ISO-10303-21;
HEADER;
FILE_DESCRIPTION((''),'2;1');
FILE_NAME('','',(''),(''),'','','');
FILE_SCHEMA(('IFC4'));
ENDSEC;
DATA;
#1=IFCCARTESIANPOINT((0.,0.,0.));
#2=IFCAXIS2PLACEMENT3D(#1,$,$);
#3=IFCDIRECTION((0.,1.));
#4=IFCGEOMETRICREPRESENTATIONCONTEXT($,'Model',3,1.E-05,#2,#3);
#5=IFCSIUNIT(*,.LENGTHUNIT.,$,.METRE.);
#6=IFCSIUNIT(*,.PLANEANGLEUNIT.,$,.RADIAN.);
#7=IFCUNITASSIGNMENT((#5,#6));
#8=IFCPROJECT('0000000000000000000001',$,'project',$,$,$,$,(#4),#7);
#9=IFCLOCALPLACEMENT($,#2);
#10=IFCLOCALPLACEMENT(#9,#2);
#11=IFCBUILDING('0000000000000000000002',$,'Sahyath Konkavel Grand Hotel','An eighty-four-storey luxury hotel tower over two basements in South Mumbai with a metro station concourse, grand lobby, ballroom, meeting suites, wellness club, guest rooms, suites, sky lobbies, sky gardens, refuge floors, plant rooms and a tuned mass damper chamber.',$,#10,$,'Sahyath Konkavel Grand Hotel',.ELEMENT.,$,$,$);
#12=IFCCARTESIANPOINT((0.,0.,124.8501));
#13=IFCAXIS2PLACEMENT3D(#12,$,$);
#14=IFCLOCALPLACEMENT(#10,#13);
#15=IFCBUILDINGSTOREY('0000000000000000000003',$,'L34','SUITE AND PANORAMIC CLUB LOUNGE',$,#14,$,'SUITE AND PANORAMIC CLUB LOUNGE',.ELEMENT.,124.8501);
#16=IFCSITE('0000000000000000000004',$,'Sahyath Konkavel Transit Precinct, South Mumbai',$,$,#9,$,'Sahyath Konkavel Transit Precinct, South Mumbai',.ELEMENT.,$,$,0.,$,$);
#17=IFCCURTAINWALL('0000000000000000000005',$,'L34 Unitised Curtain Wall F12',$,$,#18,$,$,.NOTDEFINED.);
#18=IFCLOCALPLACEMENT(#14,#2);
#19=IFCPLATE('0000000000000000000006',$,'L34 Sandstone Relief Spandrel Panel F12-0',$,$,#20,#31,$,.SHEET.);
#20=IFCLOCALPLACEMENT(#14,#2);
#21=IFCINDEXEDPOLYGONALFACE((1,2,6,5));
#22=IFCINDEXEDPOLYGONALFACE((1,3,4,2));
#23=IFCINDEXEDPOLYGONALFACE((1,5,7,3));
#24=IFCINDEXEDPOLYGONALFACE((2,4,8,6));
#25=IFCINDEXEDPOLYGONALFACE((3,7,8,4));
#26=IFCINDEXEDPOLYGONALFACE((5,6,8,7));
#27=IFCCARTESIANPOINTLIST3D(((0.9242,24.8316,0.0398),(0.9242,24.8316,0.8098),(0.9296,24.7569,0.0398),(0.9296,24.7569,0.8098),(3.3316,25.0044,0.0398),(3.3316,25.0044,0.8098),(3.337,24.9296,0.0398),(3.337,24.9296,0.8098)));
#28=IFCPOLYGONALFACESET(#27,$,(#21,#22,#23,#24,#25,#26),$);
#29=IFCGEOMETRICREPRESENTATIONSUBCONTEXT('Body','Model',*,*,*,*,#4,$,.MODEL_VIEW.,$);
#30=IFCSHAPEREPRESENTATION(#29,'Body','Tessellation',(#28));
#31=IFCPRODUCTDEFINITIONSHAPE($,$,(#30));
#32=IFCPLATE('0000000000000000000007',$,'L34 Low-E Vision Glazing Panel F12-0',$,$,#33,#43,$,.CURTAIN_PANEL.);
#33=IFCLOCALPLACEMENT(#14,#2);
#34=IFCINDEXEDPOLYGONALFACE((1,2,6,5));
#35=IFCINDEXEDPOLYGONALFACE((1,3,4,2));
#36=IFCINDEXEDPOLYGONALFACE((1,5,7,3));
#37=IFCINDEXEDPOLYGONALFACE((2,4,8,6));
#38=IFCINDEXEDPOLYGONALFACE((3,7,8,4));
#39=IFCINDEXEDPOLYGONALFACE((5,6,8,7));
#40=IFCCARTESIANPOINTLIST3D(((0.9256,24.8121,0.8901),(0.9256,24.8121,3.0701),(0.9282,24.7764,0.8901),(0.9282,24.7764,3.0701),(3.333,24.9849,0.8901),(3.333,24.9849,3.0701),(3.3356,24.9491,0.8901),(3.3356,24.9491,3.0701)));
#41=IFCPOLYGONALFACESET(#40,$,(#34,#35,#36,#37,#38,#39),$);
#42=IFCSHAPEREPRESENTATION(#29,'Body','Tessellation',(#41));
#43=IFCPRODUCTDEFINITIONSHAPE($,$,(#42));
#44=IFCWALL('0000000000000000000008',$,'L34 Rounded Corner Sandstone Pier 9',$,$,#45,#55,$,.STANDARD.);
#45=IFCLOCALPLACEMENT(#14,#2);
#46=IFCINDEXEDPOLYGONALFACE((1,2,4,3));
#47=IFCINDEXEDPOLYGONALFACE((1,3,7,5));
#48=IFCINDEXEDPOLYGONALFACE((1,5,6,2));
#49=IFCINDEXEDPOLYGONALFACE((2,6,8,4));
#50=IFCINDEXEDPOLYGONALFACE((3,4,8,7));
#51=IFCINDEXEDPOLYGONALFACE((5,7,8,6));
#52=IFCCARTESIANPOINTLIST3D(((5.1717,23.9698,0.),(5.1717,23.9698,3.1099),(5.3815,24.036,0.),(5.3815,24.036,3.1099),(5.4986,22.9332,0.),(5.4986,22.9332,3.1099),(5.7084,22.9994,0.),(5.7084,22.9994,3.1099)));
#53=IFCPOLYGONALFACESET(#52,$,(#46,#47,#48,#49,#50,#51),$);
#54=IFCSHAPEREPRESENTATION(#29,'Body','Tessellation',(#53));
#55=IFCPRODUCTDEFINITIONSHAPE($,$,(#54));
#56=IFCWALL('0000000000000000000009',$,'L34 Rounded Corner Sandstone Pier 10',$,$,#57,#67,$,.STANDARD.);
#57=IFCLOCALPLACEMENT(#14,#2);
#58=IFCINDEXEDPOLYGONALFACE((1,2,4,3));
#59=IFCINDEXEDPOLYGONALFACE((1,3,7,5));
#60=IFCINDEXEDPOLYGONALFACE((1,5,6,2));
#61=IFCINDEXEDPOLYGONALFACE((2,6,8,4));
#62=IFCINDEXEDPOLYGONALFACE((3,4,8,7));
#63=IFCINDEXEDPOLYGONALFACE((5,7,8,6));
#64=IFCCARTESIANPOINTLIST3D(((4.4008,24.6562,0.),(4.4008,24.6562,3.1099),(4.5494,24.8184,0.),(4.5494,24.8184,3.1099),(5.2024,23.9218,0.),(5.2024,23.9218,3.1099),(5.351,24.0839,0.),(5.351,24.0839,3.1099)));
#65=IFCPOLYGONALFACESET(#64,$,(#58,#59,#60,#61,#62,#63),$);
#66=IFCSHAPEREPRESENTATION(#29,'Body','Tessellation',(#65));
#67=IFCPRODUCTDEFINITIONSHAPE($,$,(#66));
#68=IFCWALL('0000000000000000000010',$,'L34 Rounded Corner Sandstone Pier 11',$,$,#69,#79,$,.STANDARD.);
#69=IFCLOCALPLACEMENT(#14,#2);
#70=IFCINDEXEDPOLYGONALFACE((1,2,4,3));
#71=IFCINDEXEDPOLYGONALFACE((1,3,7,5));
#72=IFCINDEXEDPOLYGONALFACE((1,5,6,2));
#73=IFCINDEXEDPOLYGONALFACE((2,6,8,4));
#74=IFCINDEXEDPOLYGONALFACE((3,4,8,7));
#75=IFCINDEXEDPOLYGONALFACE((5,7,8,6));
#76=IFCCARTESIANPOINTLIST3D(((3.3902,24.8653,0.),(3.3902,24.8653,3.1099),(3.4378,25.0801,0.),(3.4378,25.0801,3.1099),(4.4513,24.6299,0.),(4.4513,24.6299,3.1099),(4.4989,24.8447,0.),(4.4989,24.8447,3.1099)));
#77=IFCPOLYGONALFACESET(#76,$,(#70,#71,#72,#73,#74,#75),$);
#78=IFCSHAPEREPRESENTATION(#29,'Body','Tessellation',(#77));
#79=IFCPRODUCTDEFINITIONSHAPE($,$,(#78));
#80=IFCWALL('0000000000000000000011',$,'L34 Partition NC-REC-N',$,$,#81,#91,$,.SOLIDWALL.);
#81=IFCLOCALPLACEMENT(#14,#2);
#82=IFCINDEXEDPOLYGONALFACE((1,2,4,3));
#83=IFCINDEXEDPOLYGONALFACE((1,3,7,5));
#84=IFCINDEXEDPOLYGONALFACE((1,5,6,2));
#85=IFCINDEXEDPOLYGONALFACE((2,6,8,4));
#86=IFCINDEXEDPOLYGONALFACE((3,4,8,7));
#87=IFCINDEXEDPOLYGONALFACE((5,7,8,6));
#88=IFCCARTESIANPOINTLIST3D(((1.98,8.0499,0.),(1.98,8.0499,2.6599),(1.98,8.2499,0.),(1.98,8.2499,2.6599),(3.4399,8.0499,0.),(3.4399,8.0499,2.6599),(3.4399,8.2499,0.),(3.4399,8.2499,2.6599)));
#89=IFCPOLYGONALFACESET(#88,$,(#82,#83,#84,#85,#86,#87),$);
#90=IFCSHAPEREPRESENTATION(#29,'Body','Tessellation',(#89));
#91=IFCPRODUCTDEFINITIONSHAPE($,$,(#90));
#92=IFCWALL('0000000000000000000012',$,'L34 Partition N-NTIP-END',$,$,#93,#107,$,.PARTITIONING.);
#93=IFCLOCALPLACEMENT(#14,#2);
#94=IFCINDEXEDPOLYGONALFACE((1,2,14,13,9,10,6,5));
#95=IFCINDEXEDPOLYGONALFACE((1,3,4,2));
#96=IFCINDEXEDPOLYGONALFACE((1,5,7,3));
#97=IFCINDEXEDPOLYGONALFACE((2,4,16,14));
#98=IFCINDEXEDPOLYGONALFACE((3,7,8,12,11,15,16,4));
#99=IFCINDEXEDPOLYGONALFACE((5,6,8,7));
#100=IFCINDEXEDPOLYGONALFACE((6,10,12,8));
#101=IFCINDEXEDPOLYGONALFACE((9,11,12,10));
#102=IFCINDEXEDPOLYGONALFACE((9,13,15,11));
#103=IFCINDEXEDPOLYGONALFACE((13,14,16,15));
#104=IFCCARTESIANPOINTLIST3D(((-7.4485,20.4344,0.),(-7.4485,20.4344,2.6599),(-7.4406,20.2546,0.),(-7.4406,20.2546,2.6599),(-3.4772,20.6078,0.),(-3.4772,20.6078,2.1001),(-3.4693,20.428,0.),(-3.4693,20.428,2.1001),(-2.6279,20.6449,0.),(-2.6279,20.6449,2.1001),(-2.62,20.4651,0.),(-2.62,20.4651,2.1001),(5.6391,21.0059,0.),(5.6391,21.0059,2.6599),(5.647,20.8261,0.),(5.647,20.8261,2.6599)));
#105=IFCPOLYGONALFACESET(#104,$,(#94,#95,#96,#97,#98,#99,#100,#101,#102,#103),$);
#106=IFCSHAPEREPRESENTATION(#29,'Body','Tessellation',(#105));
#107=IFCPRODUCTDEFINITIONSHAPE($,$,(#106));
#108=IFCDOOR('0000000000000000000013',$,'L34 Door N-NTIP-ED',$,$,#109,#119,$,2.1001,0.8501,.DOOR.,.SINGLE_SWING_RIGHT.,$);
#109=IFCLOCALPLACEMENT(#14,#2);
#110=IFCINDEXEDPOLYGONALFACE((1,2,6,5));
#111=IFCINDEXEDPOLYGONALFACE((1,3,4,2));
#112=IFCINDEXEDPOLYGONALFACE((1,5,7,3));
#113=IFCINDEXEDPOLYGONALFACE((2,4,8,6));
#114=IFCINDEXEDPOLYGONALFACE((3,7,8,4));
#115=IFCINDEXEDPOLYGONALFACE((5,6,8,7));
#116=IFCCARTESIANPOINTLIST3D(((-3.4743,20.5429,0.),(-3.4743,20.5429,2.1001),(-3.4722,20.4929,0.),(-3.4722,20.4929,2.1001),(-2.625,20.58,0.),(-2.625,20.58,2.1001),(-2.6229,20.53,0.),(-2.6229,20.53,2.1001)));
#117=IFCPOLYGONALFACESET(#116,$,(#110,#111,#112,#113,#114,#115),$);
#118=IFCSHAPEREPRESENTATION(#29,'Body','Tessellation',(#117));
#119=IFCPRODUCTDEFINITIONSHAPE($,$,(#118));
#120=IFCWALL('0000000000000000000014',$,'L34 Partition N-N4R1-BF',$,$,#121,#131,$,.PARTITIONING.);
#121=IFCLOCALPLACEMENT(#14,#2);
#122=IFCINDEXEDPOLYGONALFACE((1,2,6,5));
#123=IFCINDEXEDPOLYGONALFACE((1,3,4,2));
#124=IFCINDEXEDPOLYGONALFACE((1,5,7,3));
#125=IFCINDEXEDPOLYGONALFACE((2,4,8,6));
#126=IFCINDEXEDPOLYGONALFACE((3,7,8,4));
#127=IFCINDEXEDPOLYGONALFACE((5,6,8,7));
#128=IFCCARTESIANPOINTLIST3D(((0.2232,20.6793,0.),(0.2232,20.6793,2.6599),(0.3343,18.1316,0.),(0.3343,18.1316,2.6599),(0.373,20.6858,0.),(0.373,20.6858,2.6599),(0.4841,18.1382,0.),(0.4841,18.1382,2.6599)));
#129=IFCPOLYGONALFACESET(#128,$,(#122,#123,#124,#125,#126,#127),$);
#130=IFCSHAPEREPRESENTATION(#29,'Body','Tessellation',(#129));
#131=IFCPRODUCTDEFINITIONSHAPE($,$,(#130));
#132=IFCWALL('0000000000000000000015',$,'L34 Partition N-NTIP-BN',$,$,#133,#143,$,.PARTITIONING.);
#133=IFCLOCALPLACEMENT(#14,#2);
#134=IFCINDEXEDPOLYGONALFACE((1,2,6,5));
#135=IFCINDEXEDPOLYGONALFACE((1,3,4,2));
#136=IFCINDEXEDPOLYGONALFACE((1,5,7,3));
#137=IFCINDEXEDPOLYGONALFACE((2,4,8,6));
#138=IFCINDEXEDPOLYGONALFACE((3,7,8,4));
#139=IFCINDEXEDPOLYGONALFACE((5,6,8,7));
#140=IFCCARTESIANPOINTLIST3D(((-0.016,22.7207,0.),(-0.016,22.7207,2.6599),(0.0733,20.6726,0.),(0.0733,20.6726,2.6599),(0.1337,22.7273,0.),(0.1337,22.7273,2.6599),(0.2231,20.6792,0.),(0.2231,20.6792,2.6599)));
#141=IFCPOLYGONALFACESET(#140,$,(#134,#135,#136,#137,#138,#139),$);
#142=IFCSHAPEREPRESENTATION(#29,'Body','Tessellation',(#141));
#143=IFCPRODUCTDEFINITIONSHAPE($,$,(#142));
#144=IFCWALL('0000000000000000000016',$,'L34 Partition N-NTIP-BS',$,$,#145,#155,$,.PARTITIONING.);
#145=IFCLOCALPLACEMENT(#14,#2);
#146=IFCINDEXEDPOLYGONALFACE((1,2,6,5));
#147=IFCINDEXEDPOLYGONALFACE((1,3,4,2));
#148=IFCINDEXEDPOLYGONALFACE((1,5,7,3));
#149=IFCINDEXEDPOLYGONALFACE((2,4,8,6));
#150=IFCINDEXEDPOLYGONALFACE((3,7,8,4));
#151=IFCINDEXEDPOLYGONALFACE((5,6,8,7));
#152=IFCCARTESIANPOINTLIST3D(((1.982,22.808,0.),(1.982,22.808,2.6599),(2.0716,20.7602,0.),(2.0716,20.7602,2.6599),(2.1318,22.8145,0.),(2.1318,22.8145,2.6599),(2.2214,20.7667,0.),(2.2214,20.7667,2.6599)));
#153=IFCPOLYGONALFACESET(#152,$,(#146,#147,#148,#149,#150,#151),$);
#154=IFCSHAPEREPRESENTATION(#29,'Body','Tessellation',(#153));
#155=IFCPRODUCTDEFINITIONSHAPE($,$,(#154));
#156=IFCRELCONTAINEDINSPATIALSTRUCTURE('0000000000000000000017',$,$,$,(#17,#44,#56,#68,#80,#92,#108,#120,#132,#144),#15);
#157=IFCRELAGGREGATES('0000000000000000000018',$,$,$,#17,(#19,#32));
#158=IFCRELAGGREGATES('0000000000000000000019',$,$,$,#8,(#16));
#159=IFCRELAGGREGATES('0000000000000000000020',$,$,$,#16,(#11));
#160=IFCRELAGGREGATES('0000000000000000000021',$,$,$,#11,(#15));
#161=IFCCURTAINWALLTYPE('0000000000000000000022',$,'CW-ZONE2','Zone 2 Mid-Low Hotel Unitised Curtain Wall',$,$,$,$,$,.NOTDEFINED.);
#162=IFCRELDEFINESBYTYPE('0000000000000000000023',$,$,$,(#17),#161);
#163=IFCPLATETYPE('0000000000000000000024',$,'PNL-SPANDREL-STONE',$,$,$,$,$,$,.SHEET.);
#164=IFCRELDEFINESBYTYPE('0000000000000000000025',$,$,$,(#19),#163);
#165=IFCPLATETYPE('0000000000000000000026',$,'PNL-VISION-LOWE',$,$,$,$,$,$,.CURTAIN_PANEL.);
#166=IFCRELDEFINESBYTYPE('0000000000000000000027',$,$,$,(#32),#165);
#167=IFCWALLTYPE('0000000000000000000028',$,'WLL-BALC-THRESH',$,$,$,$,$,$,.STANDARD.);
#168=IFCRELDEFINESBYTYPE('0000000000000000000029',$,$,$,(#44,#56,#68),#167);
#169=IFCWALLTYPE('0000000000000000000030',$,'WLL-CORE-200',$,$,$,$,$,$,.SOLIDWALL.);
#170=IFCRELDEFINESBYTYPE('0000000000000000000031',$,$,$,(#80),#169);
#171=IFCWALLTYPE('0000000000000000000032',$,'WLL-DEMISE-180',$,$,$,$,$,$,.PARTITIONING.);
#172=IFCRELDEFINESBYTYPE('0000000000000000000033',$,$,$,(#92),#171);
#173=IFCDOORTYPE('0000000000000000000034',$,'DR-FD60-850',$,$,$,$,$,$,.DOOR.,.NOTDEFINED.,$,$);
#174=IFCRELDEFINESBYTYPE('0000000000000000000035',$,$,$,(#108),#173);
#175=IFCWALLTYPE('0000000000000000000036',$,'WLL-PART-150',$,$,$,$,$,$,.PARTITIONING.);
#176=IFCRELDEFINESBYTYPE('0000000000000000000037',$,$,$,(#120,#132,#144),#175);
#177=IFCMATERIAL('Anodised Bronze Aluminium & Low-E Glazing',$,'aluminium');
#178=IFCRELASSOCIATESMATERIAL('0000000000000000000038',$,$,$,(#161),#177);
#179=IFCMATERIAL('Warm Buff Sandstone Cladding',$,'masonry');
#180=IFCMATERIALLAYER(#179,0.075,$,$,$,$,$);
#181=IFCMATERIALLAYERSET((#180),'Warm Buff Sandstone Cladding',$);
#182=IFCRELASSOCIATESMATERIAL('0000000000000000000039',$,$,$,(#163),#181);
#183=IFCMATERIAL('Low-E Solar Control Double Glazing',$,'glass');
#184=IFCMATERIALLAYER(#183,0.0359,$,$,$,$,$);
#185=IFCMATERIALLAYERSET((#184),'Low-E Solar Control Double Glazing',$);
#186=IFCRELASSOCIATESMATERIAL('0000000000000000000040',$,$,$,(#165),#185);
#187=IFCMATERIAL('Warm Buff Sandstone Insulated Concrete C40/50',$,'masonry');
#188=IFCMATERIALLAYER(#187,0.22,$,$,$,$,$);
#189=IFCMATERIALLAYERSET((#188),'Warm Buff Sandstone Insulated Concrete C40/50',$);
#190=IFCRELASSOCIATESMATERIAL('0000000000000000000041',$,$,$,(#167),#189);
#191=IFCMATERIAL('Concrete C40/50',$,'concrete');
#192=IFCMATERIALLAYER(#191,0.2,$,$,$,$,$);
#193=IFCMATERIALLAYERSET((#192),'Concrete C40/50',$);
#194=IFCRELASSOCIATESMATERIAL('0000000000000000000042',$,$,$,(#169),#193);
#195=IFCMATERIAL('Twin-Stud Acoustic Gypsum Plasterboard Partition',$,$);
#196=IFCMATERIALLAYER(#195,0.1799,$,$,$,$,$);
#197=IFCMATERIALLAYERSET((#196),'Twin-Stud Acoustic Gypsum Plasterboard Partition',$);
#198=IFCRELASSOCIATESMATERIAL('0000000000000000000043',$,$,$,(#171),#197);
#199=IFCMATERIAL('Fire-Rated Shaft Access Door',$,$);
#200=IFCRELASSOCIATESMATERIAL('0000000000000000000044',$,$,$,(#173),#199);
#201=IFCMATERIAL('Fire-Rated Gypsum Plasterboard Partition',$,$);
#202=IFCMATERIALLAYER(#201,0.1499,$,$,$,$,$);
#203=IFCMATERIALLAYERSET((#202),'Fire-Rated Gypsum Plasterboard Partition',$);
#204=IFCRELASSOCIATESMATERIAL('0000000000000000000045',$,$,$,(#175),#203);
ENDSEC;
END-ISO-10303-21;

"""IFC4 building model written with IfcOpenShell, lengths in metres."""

from ifc_helpers import new_model, si_unit, direction, frame, frame_2d, origin, origin_2d, place, context, subcontext, project, spatial, rectangle, extrude, source, transform, mapped, material, layer, layer_set, type_object, element, fill, aggregate, save


model = new_model("IFC4")

# Units and contexts
model_context = context("Model", 3, precision=1e-05, world=origin(), true_north=direction((0.0, 1.0)))
body_context = subcontext(model_context, "Body", "Model", "MODEL_VIEW")
ifc_project = project(units=[si_unit("LENGTHUNIT", "METRE"), si_unit("PLANEANGLEUNIT", "RADIAN")], contexts=[model_context])

# Site, building, storey
site_placement = place(None, origin())
site = spatial("IfcSite", under=ifc_project, at=site_placement, Name="Sahyath Konkavel Transit Precinct, South Mumbai", LongName="Sahyath Konkavel Transit Precinct, South Mumbai", CompositionType="ELEMENT", RefElevation=0.0)
building_placement = place(site_placement, origin())
building = spatial("IfcBuilding", under=site, at=building_placement, Name="Sahyath Konkavel Grand Hotel", Description="An eighty-four-storey luxury hotel tower over two basements in South Mumbai with a metro station concourse, grand lobby, ballroom, meeting suites, wellness club, guest rooms, suites, sky lobbies, sky gardens, refuge floors, plant rooms and a tuned mass damper chamber.", LongName="Sahyath Konkavel Grand Hotel", CompositionType="ELEMENT")
storey_placement = place(building_placement, frame((0.0, 0.0, 124.8501)))
storey = spatial("IfcBuildingStorey", under=building, at=storey_placement, Name="L34", Description="SUITE AND PANORAMIC CLUB LOUNGE", LongName="SUITE AND PANORAMIC CLUB LOUNGE", CompositionType="ELEMENT", Elevation=124.8501)

# Shared definitions
ifc_material_1 = material(Name="Anodised Bronze Aluminium & Low-E Glazing", Category="aluminium")
curtain_wall_type = type_object("IfcCurtainWallType", Name="CW-ZONE2", Description="Zone 2 Mid-Low Hotel Unitised Curtain Wall", PredefinedType="NOTDEFINED", material=ifc_material_1)

# Curtain wall, plates
curtain_wall_1_placement = place(storey_placement, origin())
curtain_wall_1 = element("IfcCurtainWall", 1, at=curtain_wall_1_placement, inside=storey, type_object=curtain_wall_type, Name="L34 Unitised Curtain Wall F12", PredefinedType="NOTDEFINED")
ifc_material_2 = material(Name="Warm Buff Sandstone Cladding", Category="masonry")
ifc_layer_1 = layer(ifc_material_2, 0.075)
ifc_layer_set_1 = layer_set([ifc_layer_1], Name="Warm Buff Sandstone Cladding")
plate_type_1 = type_object("IfcPlateType", Name="PNL-SPANDREL-STONE", PredefinedType="SHEET", material=ifc_layer_set_1)
shared_shape_1 = source(origin(), body_context, "Body", "SweptSolid", [
    extrude(rectangle(XDim=2.4136, YDim=0.075, at=origin_2d()), origin(), (0.0, 0.0, 1.0), 0.77),
])
plate_1_placement = place(storey_placement, frame((2.1306, 24.8806, 0.0398), z_axis=(0.0, 0.0, 1.0), x_axis=(-0.997436, -0.071567, 0.0)))
plate_1 = element("IfcPlate", 2, at=plate_1_placement, type_object=plate_type_1, Name="L34 Sandstone Relief Spandrel Panel F12-0", PredefinedType="SHEET", context=body_context, shape_type="MappedRepresentation", body=[
    mapped(shared_shape_1, transform((0.0, 0.0, 0.0), scale=1.0)),
])
ifc_material_3 = material(Name="Low-E Solar Control Double Glazing", Category="glass")
ifc_layer_2 = layer(ifc_material_3, 0.0359)
ifc_layer_set_2 = layer_set([ifc_layer_2], Name="Low-E Solar Control Double Glazing")
plate_type_2 = type_object("IfcPlateType", Name="PNL-VISION-LOWE", PredefinedType="CURTAIN_PANEL", material=ifc_layer_set_2)
shared_shape_2 = source(origin(), body_context, "Body", "SweptSolid", [
    extrude(rectangle(XDim=2.4136, YDim=0.0359, at=origin_2d()), origin(), (0.0, 0.0, 1.0), 2.1799),
])
plate_2_placement = place(storey_placement, frame((2.1306, 24.8806, 0.8901), z_axis=(0.0, 0.0, 1.0), x_axis=(-0.997436, -0.071567, 0.0)))
plate_2 = element("IfcPlate", 3, at=plate_2_placement, type_object=plate_type_2, Name="L34 Low-E Vision Glazing Panel F12-0", PredefinedType="CURTAIN_PANEL", context=body_context, shape_type="MappedRepresentation", body=[
    mapped(shared_shape_2, transform((0.0, 0.0, 0.0), scale=1.0)),
])
aggregate(curtain_wall_1, [plate_1, plate_2])

# Walls
ifc_material_4 = material(Name="Warm Buff Sandstone Insulated Concrete C40/50", Category="masonry")
ifc_layer_3 = layer(ifc_material_4, 0.22)
ifc_layer_set_3 = layer_set([ifc_layer_3], Name="Warm Buff Sandstone Insulated Concrete C40/50")
wall_type_1 = type_object("IfcWallType", Name="WLL-BALC-THRESH", PredefinedType="STANDARD", material=ifc_layer_set_3)
wall_1_placement = place(storey_placement, frame((5.6035, 22.9663, 0.0), z_axis=(0.0, 0.0, 1.0), x_axis=(-0.300755, 0.953701, 0.0)))
element("IfcWall", 4, at=wall_1_placement, inside=storey, type_object=wall_type_1, Name="L34 Rounded Corner Sandstone Pier 9", PredefinedType="STANDARD", context=body_context, shape_type="SweptSolid", body=[
    extrude(rectangle(XDim=1.0869, YDim=0.22, at=frame_2d((0.5435, 0.0))), origin(), (0.0, 0.0, 1.0), 3.1099),
])
wall_2_placement = place(storey_placement, frame((5.2766, 24.0029, 0.0), z_axis=(0.0, 0.0, 1.0), x_axis=(-0.737313, 0.675552, 0.0)))
element("IfcWall", 5, at=wall_2_placement, inside=storey, type_object=wall_type_1, Name="L34 Rounded Corner Sandstone Pier 10", PredefinedType="STANDARD", context=body_context, shape_type="SweptSolid", body=[
    extrude(rectangle(XDim=1.0872, YDim=0.22, at=frame_2d((0.5435, 0.0))), origin(), (0.0, 0.0, 1.0), 3.1099),
])
wall_3_placement = place(storey_placement, frame((4.4751, 24.7373, 0.0), z_axis=(0.0, 0.0, 1.0), x_axis=(-0.976272, 0.21655, 0.0)))
element("IfcWall", 6, at=wall_3_placement, inside=storey, type_object=wall_type_1, Name="L34 Rounded Corner Sandstone Pier 11", PredefinedType="STANDARD", context=body_context, shape_type="SweptSolid", body=[
    extrude(rectangle(XDim=1.0869, YDim=0.22, at=frame_2d((0.5435, 0.0))), origin(), (0.0, 0.0, 1.0), 3.1099),
])
ifc_material_5 = material(Name="Concrete C40/50", Category="concrete")
ifc_layer_4 = layer(ifc_material_5, 0.2)
ifc_layer_set_4 = layer_set([ifc_layer_4], Name="Concrete C40/50")
wall_type_2 = type_object("IfcWallType", Name="WLL-CORE-200", PredefinedType="SOLIDWALL", material=ifc_layer_set_4)
wall_4_placement = place(storey_placement, frame((1.98, 8.1499, 0.0), z_axis=(0.0, 0.0, 1.0), x_axis=(1.0, 0.0, 0.0)))
element("IfcWall", 7, at=wall_4_placement, inside=storey, type_object=wall_type_2, Name="L34 Partition NC-REC-N", PredefinedType="SOLIDWALL", context=body_context, shape_type="SweptSolid", body=[
    extrude(rectangle(XDim=1.46, YDim=0.2, at=frame_2d((0.73, 0.0))), origin(), (0.0, 0.0, 1.0), 2.6599),
])

# Wall, opening, door
ifc_material_6 = material(Name="Twin-Stud Acoustic Gypsum Plasterboard Partition")
ifc_layer_5 = layer(ifc_material_6, 0.1799)
ifc_layer_set_5 = layer_set([ifc_layer_5], Name="Twin-Stud Acoustic Gypsum Plasterboard Partition")
wall_type_3 = type_object("IfcWallType", Name="WLL-DEMISE-180", PredefinedType="PARTITIONING", material=ifc_layer_set_5)
wall_5_placement = place(storey_placement, frame((5.6431, 20.916, 0.0), z_axis=(0.0, 0.0, 1.0), x_axis=(-0.999048, -0.043628, 0.0)))
wall_5 = element("IfcWall", 8, at=wall_5_placement, inside=storey, type_object=wall_type_3, Name="L34 Partition N-NTIP-END", PredefinedType="PARTITIONING", context=body_context, shape_type="SweptSolid", body=[
    extrude(rectangle(XDim=13.1001, YDim=0.1799, at=frame_2d((6.55, 0.0))), origin(), (0.0, 0.0, 1.0), 2.6599),
])
opening_1_placement = place(wall_5_placement, frame((8.2749, 0.0, 0.0)))
opening_1 = element("IfcOpeningElement", 9, at=opening_1_placement, cuts=wall_5, PredefinedType="OPENING", context=body_context, shape_type="SweptSolid", body=[
    extrude(rectangle(XDim=0.8501, YDim=2.1001, at=frame_2d((0.425, 1.05))), frame((0.0, 0.1001, 0.0), z_axis=(0.0, -1.0, 0.0), x_axis=(1.0, 0.0, 0.0)), (0.0, 0.0, 1.0), 0.2),
])
ifc_material_7 = material(Name="Fire-Rated Shaft Access Door")
door_type_1 = type_object("IfcDoorType", Name="DR-FD60-850", OperationType="NOTDEFINED", PredefinedType="DOOR", material=ifc_material_7)
shared_shape_3 = source(origin(), body_context, "Body", "SweptSolid", [
    extrude(rectangle(XDim=0.8501, YDim=0.05, at=origin_2d()), origin(), (0.0, 0.0, 1.0), 2.1001),
])
door_1_placement = place(opening_1_placement, frame((0.425, 0.0, 0.0)))
door_1 = element("IfcDoor", 10, at=door_1_placement, inside=storey, type_object=door_type_1, Name="L34 Door N-NTIP-ED", OperationType="SINGLE_SWING_RIGHT", OverallHeight=2.1001, OverallWidth=0.8501, PredefinedType="DOOR", context=body_context, shape_type="MappedRepresentation", body=[
    mapped(shared_shape_3, transform((0.0, 0.0, 0.0), scale=1.0)),
])
fill(opening_1, door_1)

# Walls
ifc_material_8 = material(Name="Fire-Rated Gypsum Plasterboard Partition")
ifc_layer_6 = layer(ifc_material_8, 0.1499)
ifc_layer_set_6 = layer_set([ifc_layer_6], Name="Fire-Rated Gypsum Plasterboard Partition")
wall_type_4 = type_object("IfcWallType", Name="WLL-PART-150", PredefinedType="PARTITIONING", material=ifc_layer_set_6)
wall_6_placement = place(storey_placement, frame((0.4092, 18.135, 0.0), z_axis=(0.0, 0.0, 1.0), x_axis=(-0.043562, 0.999051, 0.0)))
element("IfcWall", 11, at=wall_6_placement, inside=storey, type_object=wall_type_4, Name="L34 Partition N-N4R1-BF", PredefinedType="PARTITIONING", context=body_context, shape_type="SweptSolid", body=[
    extrude(rectangle(XDim=2.55, YDim=0.1499, at=frame_2d((1.2749, 0.0))), origin(), (0.0, 0.0, 1.0), 2.6599),
])
wall_7_placement = place(storey_placement, frame((0.1482, 20.676, 0.0), z_axis=(0.0, 0.0, 1.0), x_axis=(-0.043587, 0.99905, 0.0)))
element("IfcWall", 12, at=wall_7_placement, inside=storey, type_object=wall_type_4, Name="L34 Partition N-NTIP-BN", PredefinedType="PARTITIONING", context=body_context, shape_type="SweptSolid", body=[
    extrude(rectangle(XDim=2.05, YDim=0.1499, at=frame_2d((1.0249, 0.0))), origin(), (0.0, 0.0, 1.0), 2.6599),
])
wall_8_placement = place(storey_placement, frame((2.1465, 20.7634, 0.0), z_axis=(0.0, 0.0, 1.0), x_axis=(-0.043711, 0.999044, 0.0)))
element("IfcWall", 13, at=wall_8_placement, inside=storey, type_object=wall_type_4, Name="L34 Partition N-NTIP-BS", PredefinedType="PARTITIONING", context=body_context, shape_type="SweptSolid", body=[
    extrude(rectangle(XDim=2.0498, YDim=0.1499, at=frame_2d((1.0249, 0.0))), origin(), (0.0, 0.0, 1.0), 2.6599),
])

save(model, "model.ifc")
